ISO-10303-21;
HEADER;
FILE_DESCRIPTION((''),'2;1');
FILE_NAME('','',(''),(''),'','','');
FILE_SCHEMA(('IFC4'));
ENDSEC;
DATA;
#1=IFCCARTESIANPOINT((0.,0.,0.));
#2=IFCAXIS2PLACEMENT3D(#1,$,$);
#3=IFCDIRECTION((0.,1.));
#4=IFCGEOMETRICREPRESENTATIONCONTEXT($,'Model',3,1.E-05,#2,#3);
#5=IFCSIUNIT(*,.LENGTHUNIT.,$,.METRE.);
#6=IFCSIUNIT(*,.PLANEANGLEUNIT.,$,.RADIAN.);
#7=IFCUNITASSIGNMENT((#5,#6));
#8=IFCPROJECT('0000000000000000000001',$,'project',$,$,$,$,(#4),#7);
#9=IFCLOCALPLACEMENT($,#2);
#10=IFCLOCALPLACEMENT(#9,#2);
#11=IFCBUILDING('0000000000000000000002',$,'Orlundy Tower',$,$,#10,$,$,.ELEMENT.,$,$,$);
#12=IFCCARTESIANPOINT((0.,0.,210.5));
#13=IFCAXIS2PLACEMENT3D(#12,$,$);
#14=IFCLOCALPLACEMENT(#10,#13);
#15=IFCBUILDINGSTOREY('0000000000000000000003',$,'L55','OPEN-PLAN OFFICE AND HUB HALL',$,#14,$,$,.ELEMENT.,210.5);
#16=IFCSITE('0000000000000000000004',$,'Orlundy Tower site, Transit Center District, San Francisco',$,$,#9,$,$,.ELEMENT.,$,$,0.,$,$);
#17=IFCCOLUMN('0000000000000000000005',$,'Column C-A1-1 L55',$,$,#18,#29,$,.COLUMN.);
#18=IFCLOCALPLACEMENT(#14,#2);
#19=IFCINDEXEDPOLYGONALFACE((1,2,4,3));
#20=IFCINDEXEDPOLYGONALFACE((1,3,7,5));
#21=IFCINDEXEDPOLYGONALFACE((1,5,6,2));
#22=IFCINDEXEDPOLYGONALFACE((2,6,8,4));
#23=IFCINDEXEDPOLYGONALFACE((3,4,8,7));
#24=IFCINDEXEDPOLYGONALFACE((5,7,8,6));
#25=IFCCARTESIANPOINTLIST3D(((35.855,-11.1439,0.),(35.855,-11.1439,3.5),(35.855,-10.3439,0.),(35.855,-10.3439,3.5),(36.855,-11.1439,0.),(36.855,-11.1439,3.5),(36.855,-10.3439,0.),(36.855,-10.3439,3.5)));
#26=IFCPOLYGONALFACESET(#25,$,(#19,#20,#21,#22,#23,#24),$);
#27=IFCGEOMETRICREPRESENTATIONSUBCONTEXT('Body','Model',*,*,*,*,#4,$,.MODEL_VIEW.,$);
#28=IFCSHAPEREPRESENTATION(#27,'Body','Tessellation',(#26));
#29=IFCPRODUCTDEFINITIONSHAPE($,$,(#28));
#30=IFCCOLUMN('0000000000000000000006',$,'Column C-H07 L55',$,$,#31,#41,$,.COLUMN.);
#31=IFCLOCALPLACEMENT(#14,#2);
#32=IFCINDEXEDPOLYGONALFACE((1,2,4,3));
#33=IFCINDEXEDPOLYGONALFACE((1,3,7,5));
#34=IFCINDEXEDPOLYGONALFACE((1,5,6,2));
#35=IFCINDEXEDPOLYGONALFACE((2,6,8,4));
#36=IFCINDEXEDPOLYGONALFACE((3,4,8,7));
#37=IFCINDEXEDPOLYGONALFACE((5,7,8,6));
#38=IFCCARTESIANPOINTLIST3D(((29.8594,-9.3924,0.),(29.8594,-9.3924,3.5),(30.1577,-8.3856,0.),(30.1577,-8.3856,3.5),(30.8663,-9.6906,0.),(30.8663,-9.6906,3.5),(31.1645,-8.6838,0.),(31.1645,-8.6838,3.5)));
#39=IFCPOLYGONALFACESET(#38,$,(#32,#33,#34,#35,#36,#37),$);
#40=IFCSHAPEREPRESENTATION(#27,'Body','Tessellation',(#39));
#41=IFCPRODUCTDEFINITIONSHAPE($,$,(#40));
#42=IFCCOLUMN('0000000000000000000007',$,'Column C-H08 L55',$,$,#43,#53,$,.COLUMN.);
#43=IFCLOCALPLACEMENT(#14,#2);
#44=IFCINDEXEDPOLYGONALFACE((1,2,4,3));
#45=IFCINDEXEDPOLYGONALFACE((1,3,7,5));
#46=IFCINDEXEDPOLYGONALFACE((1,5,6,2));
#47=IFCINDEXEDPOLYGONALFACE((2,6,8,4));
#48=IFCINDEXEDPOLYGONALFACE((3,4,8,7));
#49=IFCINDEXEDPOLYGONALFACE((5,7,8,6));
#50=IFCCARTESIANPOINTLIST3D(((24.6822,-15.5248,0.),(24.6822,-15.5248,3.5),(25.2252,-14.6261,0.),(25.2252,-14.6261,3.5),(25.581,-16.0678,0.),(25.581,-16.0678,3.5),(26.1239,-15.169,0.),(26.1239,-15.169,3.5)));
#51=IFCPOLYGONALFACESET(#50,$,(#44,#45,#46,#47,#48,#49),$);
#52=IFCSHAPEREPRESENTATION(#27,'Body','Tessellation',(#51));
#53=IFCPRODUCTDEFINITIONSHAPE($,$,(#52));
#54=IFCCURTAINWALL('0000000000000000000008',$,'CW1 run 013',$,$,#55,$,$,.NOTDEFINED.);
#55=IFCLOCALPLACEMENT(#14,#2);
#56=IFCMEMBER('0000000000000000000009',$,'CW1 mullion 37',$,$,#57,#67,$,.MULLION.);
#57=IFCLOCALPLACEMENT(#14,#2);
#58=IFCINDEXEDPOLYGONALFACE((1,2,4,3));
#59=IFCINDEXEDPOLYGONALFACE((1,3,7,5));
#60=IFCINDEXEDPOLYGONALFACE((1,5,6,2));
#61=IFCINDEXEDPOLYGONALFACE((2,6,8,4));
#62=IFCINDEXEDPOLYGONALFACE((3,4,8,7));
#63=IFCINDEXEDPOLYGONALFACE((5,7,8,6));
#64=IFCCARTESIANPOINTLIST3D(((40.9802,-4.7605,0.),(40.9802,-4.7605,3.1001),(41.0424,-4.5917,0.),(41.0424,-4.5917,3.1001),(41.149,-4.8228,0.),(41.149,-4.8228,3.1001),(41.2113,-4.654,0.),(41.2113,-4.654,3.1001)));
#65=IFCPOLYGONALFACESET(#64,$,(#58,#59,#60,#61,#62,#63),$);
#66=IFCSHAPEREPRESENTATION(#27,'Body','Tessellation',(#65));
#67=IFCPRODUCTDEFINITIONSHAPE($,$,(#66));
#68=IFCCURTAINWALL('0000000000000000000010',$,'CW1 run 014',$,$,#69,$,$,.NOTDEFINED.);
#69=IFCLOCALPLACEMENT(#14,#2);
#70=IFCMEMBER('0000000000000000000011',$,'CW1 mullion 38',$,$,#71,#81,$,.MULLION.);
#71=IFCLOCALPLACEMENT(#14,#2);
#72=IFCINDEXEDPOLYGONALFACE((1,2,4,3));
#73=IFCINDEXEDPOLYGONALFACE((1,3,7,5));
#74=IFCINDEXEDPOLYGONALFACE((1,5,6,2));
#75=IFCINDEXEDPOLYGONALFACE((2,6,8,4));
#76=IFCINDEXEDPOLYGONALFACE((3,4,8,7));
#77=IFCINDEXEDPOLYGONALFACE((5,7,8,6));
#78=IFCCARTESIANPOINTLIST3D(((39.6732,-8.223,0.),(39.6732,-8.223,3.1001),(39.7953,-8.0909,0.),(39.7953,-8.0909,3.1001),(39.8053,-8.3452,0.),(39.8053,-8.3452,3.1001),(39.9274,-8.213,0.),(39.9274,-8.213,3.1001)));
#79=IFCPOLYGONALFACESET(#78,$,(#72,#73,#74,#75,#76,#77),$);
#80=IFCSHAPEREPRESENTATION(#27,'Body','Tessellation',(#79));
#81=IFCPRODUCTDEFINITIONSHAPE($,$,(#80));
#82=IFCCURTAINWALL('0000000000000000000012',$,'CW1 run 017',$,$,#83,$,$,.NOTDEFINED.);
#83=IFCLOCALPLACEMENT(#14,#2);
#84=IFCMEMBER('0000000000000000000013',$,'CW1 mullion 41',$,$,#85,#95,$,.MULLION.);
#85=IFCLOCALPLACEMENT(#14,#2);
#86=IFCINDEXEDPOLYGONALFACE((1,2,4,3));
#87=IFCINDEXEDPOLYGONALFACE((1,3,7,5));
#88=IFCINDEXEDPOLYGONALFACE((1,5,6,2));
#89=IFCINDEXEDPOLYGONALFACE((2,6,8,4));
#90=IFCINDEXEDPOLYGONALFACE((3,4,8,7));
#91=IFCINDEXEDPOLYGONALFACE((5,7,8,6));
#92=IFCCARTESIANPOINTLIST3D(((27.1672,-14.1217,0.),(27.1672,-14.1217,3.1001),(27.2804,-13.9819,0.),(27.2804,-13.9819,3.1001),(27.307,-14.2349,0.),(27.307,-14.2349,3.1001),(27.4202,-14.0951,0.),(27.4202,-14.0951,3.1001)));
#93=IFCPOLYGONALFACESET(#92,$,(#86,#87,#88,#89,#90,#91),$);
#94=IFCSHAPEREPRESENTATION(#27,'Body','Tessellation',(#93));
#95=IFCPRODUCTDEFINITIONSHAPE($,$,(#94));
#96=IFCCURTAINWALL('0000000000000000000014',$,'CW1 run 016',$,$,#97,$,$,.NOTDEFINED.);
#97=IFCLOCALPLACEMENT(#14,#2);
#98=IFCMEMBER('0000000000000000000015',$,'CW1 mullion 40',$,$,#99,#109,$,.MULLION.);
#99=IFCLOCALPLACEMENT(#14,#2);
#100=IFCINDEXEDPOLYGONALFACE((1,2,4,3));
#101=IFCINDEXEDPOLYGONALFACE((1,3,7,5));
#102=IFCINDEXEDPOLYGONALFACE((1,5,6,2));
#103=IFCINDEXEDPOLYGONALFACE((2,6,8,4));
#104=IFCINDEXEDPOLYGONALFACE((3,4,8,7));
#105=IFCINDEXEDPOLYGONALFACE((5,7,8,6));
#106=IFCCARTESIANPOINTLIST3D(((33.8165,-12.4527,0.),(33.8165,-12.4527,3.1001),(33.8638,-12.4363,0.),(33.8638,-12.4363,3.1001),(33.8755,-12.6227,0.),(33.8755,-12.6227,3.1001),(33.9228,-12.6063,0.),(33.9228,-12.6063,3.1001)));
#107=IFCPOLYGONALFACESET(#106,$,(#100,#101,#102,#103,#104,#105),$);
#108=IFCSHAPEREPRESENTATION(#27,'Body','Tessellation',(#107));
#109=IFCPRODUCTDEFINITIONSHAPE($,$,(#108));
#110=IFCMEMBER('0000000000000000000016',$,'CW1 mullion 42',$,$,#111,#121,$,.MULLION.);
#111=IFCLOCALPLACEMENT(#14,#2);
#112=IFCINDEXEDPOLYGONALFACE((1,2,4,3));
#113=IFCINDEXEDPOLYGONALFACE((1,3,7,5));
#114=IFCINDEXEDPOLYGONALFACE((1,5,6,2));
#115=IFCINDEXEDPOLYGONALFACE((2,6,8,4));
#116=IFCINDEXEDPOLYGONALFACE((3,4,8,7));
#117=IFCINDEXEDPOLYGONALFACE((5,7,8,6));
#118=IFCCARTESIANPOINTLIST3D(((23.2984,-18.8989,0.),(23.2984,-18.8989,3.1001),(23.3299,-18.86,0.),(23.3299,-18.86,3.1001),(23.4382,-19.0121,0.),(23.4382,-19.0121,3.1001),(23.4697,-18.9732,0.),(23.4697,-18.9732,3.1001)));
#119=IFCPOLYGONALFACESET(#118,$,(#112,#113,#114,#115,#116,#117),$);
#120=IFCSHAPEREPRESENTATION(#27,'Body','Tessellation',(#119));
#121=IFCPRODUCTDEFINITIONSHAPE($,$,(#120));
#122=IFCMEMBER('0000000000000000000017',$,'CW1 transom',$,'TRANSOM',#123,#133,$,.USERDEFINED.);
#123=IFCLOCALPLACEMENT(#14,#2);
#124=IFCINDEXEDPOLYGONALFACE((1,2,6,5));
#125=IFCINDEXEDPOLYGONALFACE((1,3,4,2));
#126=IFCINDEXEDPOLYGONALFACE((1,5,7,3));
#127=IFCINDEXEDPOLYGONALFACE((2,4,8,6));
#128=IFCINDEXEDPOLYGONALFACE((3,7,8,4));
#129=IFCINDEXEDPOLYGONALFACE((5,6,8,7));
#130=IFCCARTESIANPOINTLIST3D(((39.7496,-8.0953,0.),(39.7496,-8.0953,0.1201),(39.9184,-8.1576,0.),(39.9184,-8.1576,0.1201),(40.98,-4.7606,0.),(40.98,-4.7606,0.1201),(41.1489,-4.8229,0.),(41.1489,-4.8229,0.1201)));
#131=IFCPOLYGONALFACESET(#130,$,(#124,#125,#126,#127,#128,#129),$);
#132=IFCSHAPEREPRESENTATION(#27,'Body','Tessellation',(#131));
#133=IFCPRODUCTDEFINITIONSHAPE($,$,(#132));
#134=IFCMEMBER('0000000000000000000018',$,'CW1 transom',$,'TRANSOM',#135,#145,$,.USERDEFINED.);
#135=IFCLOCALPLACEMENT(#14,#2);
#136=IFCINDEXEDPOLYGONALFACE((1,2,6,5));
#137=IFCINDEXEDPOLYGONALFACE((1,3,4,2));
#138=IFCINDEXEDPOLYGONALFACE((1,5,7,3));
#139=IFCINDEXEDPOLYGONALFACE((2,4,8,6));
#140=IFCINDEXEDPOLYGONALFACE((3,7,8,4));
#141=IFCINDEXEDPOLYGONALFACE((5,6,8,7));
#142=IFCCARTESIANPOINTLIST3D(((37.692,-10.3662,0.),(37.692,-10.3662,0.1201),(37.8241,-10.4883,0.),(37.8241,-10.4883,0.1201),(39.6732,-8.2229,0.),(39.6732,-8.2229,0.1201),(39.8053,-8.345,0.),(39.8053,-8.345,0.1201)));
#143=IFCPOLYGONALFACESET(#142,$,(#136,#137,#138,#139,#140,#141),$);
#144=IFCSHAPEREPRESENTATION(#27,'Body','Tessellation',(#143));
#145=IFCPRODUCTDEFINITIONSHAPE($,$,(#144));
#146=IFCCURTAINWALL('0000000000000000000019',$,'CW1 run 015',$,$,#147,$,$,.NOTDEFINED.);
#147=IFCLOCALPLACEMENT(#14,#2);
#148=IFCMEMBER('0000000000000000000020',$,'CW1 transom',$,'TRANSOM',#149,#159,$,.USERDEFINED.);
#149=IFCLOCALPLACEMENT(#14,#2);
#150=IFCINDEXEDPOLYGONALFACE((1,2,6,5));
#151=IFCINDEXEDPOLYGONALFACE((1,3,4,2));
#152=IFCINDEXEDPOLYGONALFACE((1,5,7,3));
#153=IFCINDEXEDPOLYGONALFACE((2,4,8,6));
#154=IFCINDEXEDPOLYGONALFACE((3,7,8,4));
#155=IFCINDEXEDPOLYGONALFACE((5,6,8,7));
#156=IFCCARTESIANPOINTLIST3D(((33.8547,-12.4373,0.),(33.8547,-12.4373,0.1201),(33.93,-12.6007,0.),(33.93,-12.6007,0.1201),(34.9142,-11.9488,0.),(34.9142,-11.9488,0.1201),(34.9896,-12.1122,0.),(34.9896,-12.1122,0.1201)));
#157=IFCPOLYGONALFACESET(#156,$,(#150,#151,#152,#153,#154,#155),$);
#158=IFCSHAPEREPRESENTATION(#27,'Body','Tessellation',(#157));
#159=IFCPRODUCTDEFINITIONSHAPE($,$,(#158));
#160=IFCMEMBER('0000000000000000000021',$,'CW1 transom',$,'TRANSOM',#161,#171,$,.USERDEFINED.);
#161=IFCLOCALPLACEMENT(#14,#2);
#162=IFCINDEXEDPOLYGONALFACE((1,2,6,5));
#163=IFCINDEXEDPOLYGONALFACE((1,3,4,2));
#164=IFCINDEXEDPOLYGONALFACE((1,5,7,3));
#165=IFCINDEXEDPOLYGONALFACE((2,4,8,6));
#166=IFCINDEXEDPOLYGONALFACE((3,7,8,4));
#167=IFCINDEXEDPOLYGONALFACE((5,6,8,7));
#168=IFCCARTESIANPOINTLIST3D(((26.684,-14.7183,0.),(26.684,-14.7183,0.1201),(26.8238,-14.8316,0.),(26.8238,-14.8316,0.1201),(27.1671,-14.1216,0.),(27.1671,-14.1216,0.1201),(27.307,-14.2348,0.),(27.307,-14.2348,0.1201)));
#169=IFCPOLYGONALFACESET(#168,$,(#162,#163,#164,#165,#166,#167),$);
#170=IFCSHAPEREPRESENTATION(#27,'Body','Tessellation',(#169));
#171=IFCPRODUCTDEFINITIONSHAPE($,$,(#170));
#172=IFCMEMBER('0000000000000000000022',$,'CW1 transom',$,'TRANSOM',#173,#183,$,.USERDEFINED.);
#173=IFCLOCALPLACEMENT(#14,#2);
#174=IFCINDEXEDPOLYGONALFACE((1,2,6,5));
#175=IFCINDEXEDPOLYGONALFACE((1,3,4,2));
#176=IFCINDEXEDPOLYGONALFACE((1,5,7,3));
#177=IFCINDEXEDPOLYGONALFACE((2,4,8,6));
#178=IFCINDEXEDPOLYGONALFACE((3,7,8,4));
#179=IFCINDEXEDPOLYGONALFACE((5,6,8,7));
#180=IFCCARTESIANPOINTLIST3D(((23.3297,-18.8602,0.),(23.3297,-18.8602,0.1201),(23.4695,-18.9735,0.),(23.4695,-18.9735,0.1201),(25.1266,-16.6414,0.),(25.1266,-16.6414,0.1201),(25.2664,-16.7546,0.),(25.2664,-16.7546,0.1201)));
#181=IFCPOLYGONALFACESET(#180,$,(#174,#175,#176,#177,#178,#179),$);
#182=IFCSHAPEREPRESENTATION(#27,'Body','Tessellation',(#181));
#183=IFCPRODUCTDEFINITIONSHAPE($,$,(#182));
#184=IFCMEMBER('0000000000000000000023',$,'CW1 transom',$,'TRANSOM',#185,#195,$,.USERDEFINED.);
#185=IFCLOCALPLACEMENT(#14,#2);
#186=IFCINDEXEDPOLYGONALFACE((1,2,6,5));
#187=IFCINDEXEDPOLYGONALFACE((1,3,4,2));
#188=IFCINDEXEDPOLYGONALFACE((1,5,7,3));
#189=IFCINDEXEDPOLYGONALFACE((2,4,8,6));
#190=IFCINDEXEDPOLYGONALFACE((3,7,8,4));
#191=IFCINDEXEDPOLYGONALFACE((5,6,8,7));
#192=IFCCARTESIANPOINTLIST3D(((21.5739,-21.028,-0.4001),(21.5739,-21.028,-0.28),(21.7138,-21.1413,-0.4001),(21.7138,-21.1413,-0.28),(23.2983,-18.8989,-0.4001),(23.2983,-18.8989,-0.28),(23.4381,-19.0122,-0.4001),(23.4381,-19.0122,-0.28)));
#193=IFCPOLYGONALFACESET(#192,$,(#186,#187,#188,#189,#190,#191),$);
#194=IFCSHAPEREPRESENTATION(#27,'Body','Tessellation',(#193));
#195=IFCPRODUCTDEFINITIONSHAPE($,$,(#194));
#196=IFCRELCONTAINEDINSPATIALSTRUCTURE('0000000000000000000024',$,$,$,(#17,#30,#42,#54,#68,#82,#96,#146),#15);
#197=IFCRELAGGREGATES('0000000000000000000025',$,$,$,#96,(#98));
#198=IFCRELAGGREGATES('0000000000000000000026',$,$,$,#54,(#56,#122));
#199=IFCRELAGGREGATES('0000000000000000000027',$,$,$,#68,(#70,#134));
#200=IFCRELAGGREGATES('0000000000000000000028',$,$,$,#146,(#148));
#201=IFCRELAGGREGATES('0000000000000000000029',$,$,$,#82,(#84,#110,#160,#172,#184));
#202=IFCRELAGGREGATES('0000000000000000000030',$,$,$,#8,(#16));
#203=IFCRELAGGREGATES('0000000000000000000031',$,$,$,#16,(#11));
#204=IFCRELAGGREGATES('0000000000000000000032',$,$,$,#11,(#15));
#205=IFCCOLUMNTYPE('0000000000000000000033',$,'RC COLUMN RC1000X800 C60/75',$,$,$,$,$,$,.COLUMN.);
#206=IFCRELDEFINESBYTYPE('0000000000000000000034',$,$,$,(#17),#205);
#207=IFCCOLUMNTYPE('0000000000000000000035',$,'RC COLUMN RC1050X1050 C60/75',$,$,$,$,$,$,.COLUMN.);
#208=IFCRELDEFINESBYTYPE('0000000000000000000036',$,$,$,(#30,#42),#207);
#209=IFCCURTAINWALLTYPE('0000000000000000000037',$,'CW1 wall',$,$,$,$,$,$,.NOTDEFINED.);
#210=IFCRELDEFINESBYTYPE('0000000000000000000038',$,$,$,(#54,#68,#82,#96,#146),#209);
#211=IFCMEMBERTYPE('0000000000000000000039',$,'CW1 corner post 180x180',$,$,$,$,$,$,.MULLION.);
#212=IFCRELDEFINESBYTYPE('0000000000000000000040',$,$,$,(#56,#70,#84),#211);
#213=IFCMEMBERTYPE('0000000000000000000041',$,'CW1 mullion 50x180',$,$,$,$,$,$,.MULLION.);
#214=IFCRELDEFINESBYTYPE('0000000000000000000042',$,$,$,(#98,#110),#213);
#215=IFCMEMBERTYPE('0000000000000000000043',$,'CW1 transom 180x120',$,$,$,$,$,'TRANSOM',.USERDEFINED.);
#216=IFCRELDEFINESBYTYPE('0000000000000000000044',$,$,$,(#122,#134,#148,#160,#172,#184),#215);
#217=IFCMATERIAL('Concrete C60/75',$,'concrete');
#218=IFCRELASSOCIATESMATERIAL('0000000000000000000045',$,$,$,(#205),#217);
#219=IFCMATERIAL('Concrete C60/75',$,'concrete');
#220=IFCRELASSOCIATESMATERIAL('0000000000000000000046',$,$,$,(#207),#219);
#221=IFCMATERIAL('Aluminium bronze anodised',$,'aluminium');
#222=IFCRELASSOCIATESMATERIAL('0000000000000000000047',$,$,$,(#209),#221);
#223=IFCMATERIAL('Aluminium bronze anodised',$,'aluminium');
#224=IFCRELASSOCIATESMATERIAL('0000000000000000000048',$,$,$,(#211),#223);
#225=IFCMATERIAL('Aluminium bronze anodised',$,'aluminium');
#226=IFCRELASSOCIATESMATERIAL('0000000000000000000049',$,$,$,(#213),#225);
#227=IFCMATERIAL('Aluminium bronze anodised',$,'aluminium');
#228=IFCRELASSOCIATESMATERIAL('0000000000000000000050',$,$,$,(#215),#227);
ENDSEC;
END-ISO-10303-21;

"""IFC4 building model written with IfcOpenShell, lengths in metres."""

from ifc_helpers import new_model, si_unit, direction, frame, origin, origin_2d, place, context, subcontext, project, spatial, rectangle, extrude, material, material_profile, profile_set, type_object, element, aggregate, save


model = new_model("IFC4")

# Units and contexts
model_context = context("Model", 3, precision=1e-05, world=origin(), true_north=direction((0.0, 1.0)))
body_context = subcontext(model_context, "Body", "Model", "MODEL_VIEW")
ifc_project = project(units=[si_unit("LENGTHUNIT", "METRE"), si_unit("PLANEANGLEUNIT", "RADIAN")], contexts=[model_context])

# Site, building, storey
site_placement = place(None, origin())
site = spatial("IfcSite", under=ifc_project, at=site_placement, Name="Orlundy Tower site, Transit Center District, San Francisco", CompositionType="ELEMENT", RefElevation=0.0)
building_placement = place(site_placement, origin())
building = spatial("IfcBuilding", under=site, at=building_placement, Name="Orlundy Tower", CompositionType="ELEMENT")
storey_placement = place(building_placement, frame((0.0, 0.0, 210.5)))
storey = spatial("IfcBuildingStorey", under=building, at=storey_placement, Name="L55", Description="OPEN-PLAN OFFICE AND HUB HALL", CompositionType="ELEMENT", Elevation=210.5)

# Columns
ifc_material_1 = material(Name="Concrete C60/75", Category="concrete")
ifc_material_profile_1 = material_profile(ifc_material_1, rectangle(XDim=1.0, YDim=0.8, at=origin_2d()), Name="RC1000X800")
ifc_profile_set_1 = profile_set([ifc_material_profile_1], Name="Concrete C60/75")
column_type_1 = type_object("IfcColumnType", Name="RC COLUMN RC1000X800 C60/75", PredefinedType="COLUMN", material=ifc_profile_set_1)
column_placement = place(storey_placement, frame((36.355, -10.7439, 0.0), z_axis=(0.0, 0.0, 1.0), x_axis=(1.0, 0.0, 0.0)))
element("IfcColumn", 1, at=column_placement, inside=storey, type_object=column_type_1, Name="Column C-A1-1 L55", PredefinedType="COLUMN", context=body_context, shape_type="SweptSolid", body=[
    extrude(rectangle(XDim=1.0, YDim=0.8, at=origin_2d()), origin(), (0.0, 0.0, 1.0), 3.5),
])
ifc_material_2 = material(Name="Concrete C60/75", Category="concrete")
ifc_material_profile_2 = material_profile(ifc_material_2, rectangle(XDim=1.05, YDim=1.05, at=origin_2d()), Name="RC1050X1050")
ifc_profile_set_2 = profile_set([ifc_material_profile_2], Name="Concrete C60/75")
column_type_2 = type_object("IfcColumnType", Name="RC COLUMN RC1050X1050 C60/75", PredefinedType="COLUMN", material=ifc_profile_set_2)
for number, where, z_axis, x_axis, name in (
    (2, (30.512, -9.0381, 0.0), (0.0, 0.0, 1.0), (0.95882, -0.284015, 0.0), "Column C-H07 L55"),
    (3, (25.4031, -15.3469, 0.0), (0.0, 0.0, 1.0), (0.855924, -0.517101, 0.0), "Column C-H08 L55"),
):
    element("IfcColumn", number, at=place(storey_placement, frame(where, z_axis=z_axis, x_axis=x_axis)), inside=storey, type_object=column_type_2, Name=name, PredefinedType="COLUMN", context=body_context, shape_type="SweptSolid", body=[
        extrude(rectangle(XDim=1.05, YDim=1.05, at=origin_2d()), origin(), (0.0, 0.0, 1.0), 3.5),
    ])

# Curtain walls, members
ifc_material_3 = material(Name="Aluminium bronze anodised", Category="aluminium")
curtain_wall_type = type_object("IfcCurtainWallType", Name="CW1 wall", PredefinedType="NOTDEFINED", material=ifc_material_3)
curtain_wall_1_placement = place(storey_placement, origin())
curtain_wall_1 = element("IfcCurtainWall", 4, at=curtain_wall_1_placement, inside=storey, type_object=curtain_wall_type, Name="CW1 run 013", PredefinedType="NOTDEFINED")
ifc_material_4 = material(Name="Aluminium bronze anodised", Category="aluminium")
ifc_material_profile_3 = material_profile(ifc_material_4, rectangle(XDim=0.1799, YDim=0.1799, at=origin_2d()), Name="CW1 corner post 180x180")
ifc_profile_set_3 = profile_set([ifc_material_profile_3], Name="Aluminium bronze anodised")
member_type_1 = type_object("IfcMemberType", Name="CW1 corner post 180x180", PredefinedType="MULLION", material=ifc_profile_set_3)
member_1_placement = place(storey_placement, frame((41.0957, -4.7073, 0.0), z_axis=(0.0, 0.0, 1.0), x_axis=(0.938168, -0.34618, 0.0)))
member_1 = element("IfcMember", 5, at=member_1_placement, type_object=member_type_1, Name="CW1 mullion 37", PredefinedType="MULLION", context=body_context, shape_type="SweptSolid", body=[
    extrude(rectangle(XDim=0.1799, YDim=0.1799, at=origin_2d()), origin(), (0.0, 0.0, 1.0), 3.1001),
])
curtain_wall_2_placement = place(storey_placement, origin())
curtain_wall_2 = element("IfcCurtainWall", 6, at=curtain_wall_2_placement, inside=storey, type_object=curtain_wall_type, Name="CW1 run 014", PredefinedType="NOTDEFINED")
member_2_placement = place(storey_placement, frame((39.8003, -8.218, 0.0), z_axis=(0.0, 0.0, 1.0), x_axis=(0.734348, -0.678773, 0.0)))
member_2 = element("IfcMember", 7, at=member_2_placement, type_object=member_type_1, Name="CW1 mullion 38", PredefinedType="MULLION", context=body_context, shape_type="SweptSolid", body=[
    extrude(rectangle(XDim=0.1799, YDim=0.1799, at=origin_2d()), origin(), (0.0, 0.0, 1.0), 3.1001),
])
curtain_wall_3_placement = place(storey_placement, origin())
curtain_wall_3 = element("IfcCurtainWall", 8, at=curtain_wall_3_placement, inside=storey, type_object=curtain_wall_type, Name="CW1 run 017", PredefinedType="NOTDEFINED")
member_3_placement = place(storey_placement, frame((27.2937, -14.1084, 0.0), z_axis=(0.0, 0.0, 1.0), x_axis=(0.77712, -0.629353, 0.0)))
member_3 = element("IfcMember", 9, at=member_3_placement, type_object=member_type_1, Name="CW1 mullion 41", PredefinedType="MULLION", context=body_context, shape_type="SweptSolid", body=[
    extrude(rectangle(XDim=0.1799, YDim=0.1799, at=origin_2d()), origin(), (0.0, 0.0, 1.0), 3.1001),
])
curtain_wall_4_placement = place(storey_placement, origin())
curtain_wall_4 = element("IfcCurtainWall", 10, at=curtain_wall_4_placement, inside=storey, type_object=curtain_wall_type, Name="CW1 run 016", PredefinedType="NOTDEFINED")
ifc_material_5 = material(Name="Aluminium bronze anodised", Category="aluminium")
ifc_material_profile_4 = material_profile(ifc_material_5, rectangle(XDim=0.1799, YDim=0.05, at=origin_2d()), Name="CW1 mullion 50x180")
ifc_profile_set_4 = profile_set([ifc_material_profile_4], Name="Aluminium bronze anodised")
member_type_2 = type_object("IfcMemberType", Name="CW1 mullion 50x180", PredefinedType="MULLION", material=ifc_profile_set_4)
member_4_placement = place(storey_placement, frame((33.8696, -12.5295, 0.0), z_axis=(0.0, 0.0, 1.0), x_axis=(0.327673, -0.944791, 0.0)))
member_4 = element("IfcMember", 11, at=member_4_placement, type_object=member_type_2, Name="CW1 mullion 40", PredefinedType="MULLION", context=body_context, shape_type="SweptSolid", body=[
    extrude(rectangle(XDim=0.1799, YDim=0.05, at=origin_2d()), origin(), (0.0, 0.0, 1.0), 3.1001),
])
aggregate(curtain_wall_4, [member_4])

# Members
member_5_placement = place(storey_placement, frame((23.384, -18.936, 0.0), z_axis=(0.0, 0.0, 1.0), x_axis=(0.77712, -0.629353, 0.0)))
member_5 = element("IfcMember", 12, at=member_5_placement, type_object=member_type_2, Name="CW1 mullion 42", PredefinedType="MULLION", context=body_context, shape_type="SweptSolid", body=[
    extrude(rectangle(XDim=0.1799, YDim=0.05, at=origin_2d()), origin(), (0.0, 0.0, 1.0), 3.1001),
])
ifc_material_6 = material(Name="Aluminium bronze anodised", Category="aluminium")
ifc_material_profile_5 = material_profile(ifc_material_6, rectangle(XDim=0.1799, YDim=0.1201, at=origin_2d()), Name="CW1 transom 180x120")
ifc_profile_set_5 = profile_set([ifc_material_profile_5], Name="Aluminium bronze anodised")
member_type_3 = type_object("IfcMemberType", Name="CW1 transom 180x120", ElementType="TRANSOM", PredefinedType="USERDEFINED", material=ifc_profile_set_5)
member_6_placement = place(storey_placement, frame((41.0645, -4.7917, 0.0601), z_axis=(-0.346173, -0.938171, 0.0), x_axis=(0.938171, -0.346173, 0.0)))
member_6 = element("IfcMember", 13, at=member_6_placement, type_object=member_type_3, Name="CW1 transom", ObjectType="TRANSOM", PredefinedType="USERDEFINED", context=body_context, shape_type="SweptSolid", body=[
    extrude(rectangle(XDim=0.1799, YDim=0.1201, at=origin_2d()), origin(), (0.0, 0.0, 1.0), 3.5544),
])
member_7_placement = place(storey_placement, frame((39.7393, -8.2839, 0.0601), z_axis=(-0.678791, -0.734332, 0.0), x_axis=(0.734332, -0.678791, 0.0)))
member_7 = element("IfcMember", 14, at=member_7_placement, type_object=member_type_3, Name="CW1 transom", ObjectType="TRANSOM", PredefinedType="USERDEFINED", context=body_context, shape_type="SweptSolid", body=[
    extrude(rectangle(XDim=0.1799, YDim=0.1201, at=origin_2d()), origin(), (0.0, 0.0, 1.0), 2.9187),
])

# Curtain wall, member
curtain_wall_5_placement = place(storey_placement, origin())
curtain_wall_5 = element("IfcCurtainWall", 15, at=curtain_wall_5_placement, inside=storey, type_object=curtain_wall_type, Name="CW1 run 015", PredefinedType="NOTDEFINED")
member_8_placement = place(storey_placement, frame((34.9519, -12.0305, 0.0601), z_axis=(-0.908125, -0.4187, 0.0), x_axis=(0.4187, -0.908125, 0.0)))
member_8 = element("IfcMember", 16, at=member_8_placement, type_object=member_type_3, Name="CW1 transom", ObjectType="TRANSOM", PredefinedType="USERDEFINED", context=body_context, shape_type="SweptSolid", body=[
    extrude(rectangle(XDim=0.1799, YDim=0.1201, at=origin_2d()), origin(), (0.0, 0.0, 1.0), 1.1667),
])

# Members
member_9_placement = place(storey_placement, frame((27.2371, -14.1782, 0.0601), z_axis=(-0.629299, -0.777163, 0.0), x_axis=(0.777163, -0.629299, 0.0)))
member_9 = element("IfcMember", 17, at=member_9_placement, type_object=member_type_3, Name="CW1 transom", ObjectType="TRANSOM", PredefinedType="USERDEFINED", context=body_context, shape_type="SweptSolid", body=[
    extrude(rectangle(XDim=0.1799, YDim=0.1201, at=origin_2d()), origin(), (0.0, 0.0, 1.0), 0.7678),
])
member_10_placement = place(storey_placement, frame((25.1965, -16.698, 0.0601), z_axis=(-0.629356, -0.777117, 0.0), x_axis=(0.777117, -0.629356, 0.0)))
member_10 = element("IfcMember", 18, at=member_10_placement, type_object=member_type_3, Name="CW1 transom", ObjectType="TRANSOM", PredefinedType="USERDEFINED", context=body_context, shape_type="SweptSolid", body=[
    extrude(rectangle(XDim=0.1799, YDim=0.1201, at=origin_2d()), origin(), (0.0, 0.0, 1.0), 2.8552),
])
member_11_placement = place(storey_placement, frame((23.3682, -18.9556, -0.3401), z_axis=(-0.629367, -0.777108, 0.0), x_axis=(0.777108, -0.629367, 0.0)))
member_11 = element("IfcMember", 19, at=member_11_placement, type_object=member_type_3, Name="CW1 transom", ObjectType="TRANSOM", PredefinedType="USERDEFINED", context=body_context, shape_type="SweptSolid", body=[
    extrude(rectangle(XDim=0.1799, YDim=0.1201, at=origin_2d()), origin(), (0.0, 0.0, 1.0), 2.7397),
])

aggregate(curtain_wall_1, [member_1, member_6])
aggregate(curtain_wall_2, [member_2, member_7])
aggregate(curtain_wall_5, [member_8])
aggregate(curtain_wall_3, [member_3, member_5, member_9, member_10, member_11])

save(model, "model.ifc")
